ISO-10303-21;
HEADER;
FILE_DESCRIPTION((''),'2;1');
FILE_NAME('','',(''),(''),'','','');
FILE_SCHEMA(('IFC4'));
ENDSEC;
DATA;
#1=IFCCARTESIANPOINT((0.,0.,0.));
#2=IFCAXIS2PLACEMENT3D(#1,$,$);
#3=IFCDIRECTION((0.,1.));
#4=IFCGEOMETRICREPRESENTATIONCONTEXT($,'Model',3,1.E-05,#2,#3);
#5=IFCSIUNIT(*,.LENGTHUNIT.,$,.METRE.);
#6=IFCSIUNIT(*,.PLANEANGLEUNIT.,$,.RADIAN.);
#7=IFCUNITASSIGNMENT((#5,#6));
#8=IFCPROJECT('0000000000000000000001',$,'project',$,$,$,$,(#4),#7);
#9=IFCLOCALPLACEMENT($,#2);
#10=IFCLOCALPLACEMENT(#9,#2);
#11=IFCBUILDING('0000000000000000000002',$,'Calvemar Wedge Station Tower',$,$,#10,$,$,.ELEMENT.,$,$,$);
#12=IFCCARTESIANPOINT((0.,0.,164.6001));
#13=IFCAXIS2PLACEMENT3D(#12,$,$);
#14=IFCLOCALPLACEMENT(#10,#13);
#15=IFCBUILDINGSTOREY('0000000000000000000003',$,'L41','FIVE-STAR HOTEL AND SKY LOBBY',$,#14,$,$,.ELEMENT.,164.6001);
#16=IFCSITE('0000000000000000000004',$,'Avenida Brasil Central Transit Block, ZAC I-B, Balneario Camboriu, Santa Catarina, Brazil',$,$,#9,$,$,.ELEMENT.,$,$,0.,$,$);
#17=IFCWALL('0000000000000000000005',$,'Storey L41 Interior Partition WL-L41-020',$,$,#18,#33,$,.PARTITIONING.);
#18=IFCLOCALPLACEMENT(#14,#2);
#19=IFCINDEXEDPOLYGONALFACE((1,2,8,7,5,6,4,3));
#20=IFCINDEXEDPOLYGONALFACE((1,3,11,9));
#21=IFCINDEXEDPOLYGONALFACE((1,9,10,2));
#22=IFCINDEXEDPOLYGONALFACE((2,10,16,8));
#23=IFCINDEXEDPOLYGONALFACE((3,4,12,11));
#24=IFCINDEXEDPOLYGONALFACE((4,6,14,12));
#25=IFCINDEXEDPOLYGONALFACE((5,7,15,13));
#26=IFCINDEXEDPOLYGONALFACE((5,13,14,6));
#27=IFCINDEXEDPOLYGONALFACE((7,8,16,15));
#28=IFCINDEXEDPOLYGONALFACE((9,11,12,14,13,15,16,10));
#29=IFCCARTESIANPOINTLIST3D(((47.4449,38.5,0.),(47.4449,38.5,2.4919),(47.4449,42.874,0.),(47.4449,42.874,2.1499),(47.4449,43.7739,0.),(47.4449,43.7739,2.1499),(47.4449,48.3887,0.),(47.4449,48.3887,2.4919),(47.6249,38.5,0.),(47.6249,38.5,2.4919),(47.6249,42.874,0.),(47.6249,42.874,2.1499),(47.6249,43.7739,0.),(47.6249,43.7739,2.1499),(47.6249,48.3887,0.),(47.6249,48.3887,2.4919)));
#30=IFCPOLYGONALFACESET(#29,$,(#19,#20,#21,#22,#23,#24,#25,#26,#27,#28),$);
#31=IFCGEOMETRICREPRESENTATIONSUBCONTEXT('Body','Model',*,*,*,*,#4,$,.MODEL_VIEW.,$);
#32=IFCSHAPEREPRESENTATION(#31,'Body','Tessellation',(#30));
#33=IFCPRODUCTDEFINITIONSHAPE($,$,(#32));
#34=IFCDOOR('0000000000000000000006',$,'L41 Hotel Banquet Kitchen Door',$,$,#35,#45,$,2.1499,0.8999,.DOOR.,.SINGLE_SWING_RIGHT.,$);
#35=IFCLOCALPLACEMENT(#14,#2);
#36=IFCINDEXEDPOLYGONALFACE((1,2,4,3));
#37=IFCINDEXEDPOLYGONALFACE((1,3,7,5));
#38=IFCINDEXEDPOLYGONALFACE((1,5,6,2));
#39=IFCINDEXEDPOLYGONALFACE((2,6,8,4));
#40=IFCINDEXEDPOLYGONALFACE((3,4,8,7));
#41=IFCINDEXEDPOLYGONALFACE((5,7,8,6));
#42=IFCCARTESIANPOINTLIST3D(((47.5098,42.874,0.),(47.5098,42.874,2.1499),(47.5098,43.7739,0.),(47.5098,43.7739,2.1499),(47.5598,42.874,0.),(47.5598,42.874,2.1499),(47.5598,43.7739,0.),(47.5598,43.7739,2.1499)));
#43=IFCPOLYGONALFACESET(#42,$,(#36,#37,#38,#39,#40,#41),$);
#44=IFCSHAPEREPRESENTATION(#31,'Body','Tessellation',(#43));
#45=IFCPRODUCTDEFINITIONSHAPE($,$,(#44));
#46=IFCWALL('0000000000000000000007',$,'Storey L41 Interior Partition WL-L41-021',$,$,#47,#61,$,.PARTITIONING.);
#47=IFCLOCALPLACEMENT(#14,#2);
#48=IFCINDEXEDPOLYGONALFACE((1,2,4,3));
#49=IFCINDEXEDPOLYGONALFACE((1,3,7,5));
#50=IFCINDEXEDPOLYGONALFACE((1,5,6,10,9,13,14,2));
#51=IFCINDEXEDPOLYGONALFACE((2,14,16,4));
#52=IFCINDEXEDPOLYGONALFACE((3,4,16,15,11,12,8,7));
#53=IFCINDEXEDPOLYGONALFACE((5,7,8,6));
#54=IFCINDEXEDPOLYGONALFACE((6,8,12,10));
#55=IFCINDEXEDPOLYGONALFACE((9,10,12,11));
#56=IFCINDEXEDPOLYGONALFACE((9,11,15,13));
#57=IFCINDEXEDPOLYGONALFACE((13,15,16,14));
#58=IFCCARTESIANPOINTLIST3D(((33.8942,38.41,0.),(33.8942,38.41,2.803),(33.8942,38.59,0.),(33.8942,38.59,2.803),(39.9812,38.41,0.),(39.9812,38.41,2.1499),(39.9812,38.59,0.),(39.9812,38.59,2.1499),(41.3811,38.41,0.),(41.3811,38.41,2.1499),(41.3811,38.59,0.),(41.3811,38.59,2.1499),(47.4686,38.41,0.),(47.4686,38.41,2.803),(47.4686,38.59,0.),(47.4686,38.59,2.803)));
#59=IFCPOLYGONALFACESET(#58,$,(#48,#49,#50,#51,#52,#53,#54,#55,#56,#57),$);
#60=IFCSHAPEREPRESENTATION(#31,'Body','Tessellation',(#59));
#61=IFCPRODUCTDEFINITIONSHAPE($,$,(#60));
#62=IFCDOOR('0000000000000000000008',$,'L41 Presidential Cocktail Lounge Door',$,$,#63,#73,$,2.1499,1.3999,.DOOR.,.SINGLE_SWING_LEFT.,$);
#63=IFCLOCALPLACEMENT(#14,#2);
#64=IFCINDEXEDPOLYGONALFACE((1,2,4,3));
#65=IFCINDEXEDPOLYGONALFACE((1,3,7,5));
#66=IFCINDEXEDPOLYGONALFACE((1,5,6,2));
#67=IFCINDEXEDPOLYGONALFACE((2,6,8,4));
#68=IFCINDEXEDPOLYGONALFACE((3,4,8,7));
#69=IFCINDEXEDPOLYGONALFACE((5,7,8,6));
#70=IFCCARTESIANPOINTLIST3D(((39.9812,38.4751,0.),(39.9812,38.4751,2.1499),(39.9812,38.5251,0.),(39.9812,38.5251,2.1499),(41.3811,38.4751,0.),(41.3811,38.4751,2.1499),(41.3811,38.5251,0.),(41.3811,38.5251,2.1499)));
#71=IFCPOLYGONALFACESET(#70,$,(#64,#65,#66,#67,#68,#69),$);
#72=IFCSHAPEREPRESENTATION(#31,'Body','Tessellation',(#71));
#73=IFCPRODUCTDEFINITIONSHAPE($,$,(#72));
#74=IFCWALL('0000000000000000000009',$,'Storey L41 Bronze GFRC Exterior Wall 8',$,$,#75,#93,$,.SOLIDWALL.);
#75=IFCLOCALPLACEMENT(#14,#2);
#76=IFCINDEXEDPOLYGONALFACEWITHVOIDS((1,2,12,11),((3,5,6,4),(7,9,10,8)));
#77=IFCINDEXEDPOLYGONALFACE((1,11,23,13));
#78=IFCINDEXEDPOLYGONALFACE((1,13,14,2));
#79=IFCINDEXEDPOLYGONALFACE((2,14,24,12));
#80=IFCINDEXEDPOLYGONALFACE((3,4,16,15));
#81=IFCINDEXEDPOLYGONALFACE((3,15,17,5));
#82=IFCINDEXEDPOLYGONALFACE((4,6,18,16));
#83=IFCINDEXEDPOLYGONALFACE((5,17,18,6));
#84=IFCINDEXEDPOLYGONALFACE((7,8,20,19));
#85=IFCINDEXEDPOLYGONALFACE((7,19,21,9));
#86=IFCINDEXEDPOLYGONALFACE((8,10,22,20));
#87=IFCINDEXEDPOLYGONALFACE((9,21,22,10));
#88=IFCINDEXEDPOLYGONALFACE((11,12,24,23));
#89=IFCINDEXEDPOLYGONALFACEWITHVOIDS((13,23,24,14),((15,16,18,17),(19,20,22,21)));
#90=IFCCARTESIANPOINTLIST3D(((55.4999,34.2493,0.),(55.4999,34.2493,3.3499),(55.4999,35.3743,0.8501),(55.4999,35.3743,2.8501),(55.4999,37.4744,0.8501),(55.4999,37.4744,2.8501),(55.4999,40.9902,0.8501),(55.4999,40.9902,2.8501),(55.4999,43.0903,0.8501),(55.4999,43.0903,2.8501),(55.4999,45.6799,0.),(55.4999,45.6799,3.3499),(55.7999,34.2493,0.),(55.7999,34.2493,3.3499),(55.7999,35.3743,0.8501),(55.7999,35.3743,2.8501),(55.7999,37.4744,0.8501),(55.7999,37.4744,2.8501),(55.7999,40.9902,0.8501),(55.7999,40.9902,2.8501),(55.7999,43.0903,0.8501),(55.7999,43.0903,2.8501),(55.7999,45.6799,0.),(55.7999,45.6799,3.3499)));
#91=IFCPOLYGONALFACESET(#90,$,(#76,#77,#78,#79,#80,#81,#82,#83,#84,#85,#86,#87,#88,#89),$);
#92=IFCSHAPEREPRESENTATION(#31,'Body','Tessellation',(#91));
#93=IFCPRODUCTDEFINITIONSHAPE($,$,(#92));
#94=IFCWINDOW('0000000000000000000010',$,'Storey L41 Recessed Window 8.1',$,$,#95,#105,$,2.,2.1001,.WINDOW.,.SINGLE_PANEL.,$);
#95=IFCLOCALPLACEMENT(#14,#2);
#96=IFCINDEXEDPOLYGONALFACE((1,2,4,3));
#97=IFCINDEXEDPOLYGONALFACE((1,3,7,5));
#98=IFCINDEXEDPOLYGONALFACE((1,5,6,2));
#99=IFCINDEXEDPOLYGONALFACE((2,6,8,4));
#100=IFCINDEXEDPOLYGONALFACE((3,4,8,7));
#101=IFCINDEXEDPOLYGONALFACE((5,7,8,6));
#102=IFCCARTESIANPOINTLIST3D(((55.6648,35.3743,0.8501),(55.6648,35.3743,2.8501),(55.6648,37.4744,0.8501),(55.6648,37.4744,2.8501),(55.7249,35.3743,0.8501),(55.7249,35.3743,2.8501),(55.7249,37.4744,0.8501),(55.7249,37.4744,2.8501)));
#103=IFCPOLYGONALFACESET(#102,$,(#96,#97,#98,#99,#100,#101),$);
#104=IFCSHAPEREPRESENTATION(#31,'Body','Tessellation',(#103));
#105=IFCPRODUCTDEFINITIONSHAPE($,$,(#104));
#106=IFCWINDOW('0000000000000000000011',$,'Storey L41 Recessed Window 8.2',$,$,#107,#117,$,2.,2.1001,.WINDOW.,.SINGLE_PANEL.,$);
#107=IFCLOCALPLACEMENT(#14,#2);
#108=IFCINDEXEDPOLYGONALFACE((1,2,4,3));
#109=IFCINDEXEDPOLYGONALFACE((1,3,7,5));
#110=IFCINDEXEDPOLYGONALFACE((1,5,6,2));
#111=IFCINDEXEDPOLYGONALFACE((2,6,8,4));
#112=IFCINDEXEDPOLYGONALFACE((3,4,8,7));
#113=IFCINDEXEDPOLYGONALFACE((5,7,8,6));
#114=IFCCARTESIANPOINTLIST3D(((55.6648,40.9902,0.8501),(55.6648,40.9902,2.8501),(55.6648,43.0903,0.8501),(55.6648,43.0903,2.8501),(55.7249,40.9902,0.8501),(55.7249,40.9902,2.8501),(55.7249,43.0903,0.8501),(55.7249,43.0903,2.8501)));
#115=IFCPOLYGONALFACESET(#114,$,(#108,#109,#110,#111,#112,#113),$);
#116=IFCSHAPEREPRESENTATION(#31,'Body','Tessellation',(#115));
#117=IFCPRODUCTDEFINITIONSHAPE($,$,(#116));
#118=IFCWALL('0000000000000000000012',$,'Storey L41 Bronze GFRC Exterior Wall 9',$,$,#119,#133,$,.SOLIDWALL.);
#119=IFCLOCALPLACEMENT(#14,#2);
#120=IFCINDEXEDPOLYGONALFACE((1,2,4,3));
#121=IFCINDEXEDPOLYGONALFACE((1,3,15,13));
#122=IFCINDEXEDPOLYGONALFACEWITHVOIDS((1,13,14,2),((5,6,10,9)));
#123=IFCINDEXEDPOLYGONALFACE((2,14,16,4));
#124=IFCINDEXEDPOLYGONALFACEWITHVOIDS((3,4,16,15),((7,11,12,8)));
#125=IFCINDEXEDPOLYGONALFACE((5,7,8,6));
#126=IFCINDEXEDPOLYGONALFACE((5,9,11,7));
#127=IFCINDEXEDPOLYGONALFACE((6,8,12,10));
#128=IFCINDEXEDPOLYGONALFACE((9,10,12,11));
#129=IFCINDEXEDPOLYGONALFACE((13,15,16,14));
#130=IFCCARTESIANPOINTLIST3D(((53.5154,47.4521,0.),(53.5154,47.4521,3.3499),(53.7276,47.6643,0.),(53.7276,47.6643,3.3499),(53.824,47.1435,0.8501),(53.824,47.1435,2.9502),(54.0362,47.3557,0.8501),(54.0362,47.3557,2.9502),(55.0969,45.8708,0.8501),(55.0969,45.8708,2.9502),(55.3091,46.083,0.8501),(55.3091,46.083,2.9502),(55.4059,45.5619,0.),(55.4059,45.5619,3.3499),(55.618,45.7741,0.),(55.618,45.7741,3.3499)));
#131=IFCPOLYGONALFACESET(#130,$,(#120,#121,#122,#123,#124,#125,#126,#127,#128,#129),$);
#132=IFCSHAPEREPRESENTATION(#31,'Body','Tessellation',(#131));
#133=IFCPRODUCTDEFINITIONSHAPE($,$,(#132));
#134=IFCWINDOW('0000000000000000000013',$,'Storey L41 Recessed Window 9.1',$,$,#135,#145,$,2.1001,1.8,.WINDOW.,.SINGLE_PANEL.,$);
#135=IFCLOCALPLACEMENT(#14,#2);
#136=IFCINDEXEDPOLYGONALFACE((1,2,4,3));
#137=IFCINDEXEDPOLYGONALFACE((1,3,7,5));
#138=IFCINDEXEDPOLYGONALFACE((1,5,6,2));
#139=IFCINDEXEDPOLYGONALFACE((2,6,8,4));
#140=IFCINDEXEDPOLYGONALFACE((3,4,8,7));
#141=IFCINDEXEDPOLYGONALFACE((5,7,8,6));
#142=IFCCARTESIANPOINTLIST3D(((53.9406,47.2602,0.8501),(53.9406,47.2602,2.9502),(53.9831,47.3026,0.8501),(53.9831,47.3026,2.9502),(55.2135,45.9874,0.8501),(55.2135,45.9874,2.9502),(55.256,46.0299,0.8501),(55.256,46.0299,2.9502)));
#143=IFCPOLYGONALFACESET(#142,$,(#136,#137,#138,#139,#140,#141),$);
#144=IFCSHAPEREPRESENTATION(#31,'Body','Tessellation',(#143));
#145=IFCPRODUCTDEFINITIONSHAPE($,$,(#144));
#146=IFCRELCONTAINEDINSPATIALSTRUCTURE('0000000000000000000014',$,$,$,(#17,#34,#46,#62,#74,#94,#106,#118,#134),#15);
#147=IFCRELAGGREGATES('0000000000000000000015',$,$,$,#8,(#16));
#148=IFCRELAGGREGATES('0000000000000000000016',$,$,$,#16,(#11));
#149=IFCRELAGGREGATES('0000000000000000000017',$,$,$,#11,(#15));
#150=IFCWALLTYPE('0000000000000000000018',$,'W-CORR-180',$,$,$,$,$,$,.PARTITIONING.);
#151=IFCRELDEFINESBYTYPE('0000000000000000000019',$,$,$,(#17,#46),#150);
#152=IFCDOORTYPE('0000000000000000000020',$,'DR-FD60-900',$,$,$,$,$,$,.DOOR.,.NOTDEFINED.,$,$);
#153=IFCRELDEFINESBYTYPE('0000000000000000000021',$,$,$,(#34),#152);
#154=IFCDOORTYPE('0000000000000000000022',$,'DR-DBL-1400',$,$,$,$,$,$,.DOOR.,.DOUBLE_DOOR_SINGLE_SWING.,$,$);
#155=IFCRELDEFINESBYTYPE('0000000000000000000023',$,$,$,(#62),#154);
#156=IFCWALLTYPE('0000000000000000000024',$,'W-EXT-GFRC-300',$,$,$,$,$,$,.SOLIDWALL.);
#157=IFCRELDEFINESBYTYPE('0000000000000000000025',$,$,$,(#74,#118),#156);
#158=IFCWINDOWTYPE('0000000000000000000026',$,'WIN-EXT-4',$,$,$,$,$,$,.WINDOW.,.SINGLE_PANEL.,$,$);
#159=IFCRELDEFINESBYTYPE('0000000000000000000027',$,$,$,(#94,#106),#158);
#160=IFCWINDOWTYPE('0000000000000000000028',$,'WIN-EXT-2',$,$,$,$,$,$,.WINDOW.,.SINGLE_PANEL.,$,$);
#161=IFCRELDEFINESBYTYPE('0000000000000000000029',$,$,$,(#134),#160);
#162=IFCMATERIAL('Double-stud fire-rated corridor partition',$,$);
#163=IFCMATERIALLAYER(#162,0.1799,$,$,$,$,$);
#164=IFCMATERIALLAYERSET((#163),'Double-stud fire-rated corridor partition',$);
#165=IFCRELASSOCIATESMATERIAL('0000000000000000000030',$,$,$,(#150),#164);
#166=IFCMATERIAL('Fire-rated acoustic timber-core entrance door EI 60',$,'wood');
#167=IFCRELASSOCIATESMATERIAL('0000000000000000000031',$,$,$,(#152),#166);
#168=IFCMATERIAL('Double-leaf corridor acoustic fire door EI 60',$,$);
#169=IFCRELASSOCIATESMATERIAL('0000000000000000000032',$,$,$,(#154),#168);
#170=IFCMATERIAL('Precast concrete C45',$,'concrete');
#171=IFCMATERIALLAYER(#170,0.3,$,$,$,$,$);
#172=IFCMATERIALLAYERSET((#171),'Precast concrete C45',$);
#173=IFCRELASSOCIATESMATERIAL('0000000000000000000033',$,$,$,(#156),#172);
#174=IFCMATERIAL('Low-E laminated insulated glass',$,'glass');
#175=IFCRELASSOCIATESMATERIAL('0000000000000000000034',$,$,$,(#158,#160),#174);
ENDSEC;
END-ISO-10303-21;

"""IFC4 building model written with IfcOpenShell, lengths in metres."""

from ifc_helpers import new_model, si_unit, direction, frame, frame_2d, origin, place, context, subcontext, project, spatial, rectangle, extrude, source, transform, mapped, material, layer, layer_set, type_object, element, fill, save


model = new_model("IFC4")

# Units and contexts
model_context = context("Model", 3, precision=1e-05, world=origin(), true_north=direction((0.0, 1.0)))
body_context = subcontext(model_context, "Body", "Model", "MODEL_VIEW")
ifc_project = project(units=[si_unit("LENGTHUNIT", "METRE"), si_unit("PLANEANGLEUNIT", "RADIAN")], contexts=[model_context])

# Site, building, storey
site_placement = place(None, origin())
site = spatial("IfcSite", under=ifc_project, at=site_placement, Name="Avenida Brasil Central Transit Block, ZAC I-B, Balneario Camboriu, Santa Catarina, Brazil", CompositionType="ELEMENT", RefElevation=0.0)
building_placement = place(site_placement, origin())
building = spatial("IfcBuilding", under=site, at=building_placement, Name="Calvemar Wedge Station Tower", CompositionType="ELEMENT")
storey_placement = place(building_placement, frame((0.0, 0.0, 164.6001)))
storey = spatial("IfcBuildingStorey", under=building, at=storey_placement, Name="L41", Description="FIVE-STAR HOTEL AND SKY LOBBY", CompositionType="ELEMENT", Elevation=164.6001)

# Walls, openings, doors
ifc_material_1 = material(Name="Double-stud fire-rated corridor partition")
ifc_layer_1 = layer(ifc_material_1, 0.1799)
ifc_layer_set_1 = layer_set([ifc_layer_1], Name="Double-stud fire-rated corridor partition")
wall_type_1 = type_object("IfcWallType", Name="W-CORR-180", PredefinedType="PARTITIONING", material=ifc_layer_set_1)
wall_1_placement = place(storey_placement, frame((47.5349, 48.3887, 0.0), z_axis=(0.0, 0.0, 1.0), x_axis=(0.0, -1.0, 0.0)))
wall_1 = element("IfcWall", 1, at=wall_1_placement, inside=storey, type_object=wall_type_1, Name="Storey L41 Interior Partition WL-L41-020", PredefinedType="PARTITIONING", context=body_context, shape_type="SweptSolid", body=[
    extrude(rectangle(XDim=9.8887, YDim=0.1799, at=frame_2d((4.9443, 0.0))), origin(), (0.0, 0.0, 1.0), 2.4919),
])
shared_shape_1 = source(origin(), body_context, "Body", "SweptSolid", [
    extrude(rectangle(XDim=0.8999, YDim=2.1499, at=frame_2d((0.45, 1.075))), frame((0.0, 0.1001, 0.0), z_axis=(0.0, -1.0, 0.0), x_axis=(1.0, 0.0, 0.0)), (0.0, 0.0, 1.0), 0.2),
])
opening_1_placement = place(wall_1_placement, frame((4.6147, 0.0, 0.0)))
opening_1 = element("IfcOpeningElement", 2, at=opening_1_placement, cuts=wall_1, PredefinedType="OPENING", context=body_context, shape_type="MappedRepresentation", body=[
    mapped(shared_shape_1, transform((0.0, 0.0, 0.0), scale=1.0)),
])
ifc_material_2 = material(Name="Fire-rated acoustic timber-core entrance door EI 60", Category="wood")
door_type_1 = type_object("IfcDoorType", Name="DR-FD60-900", OperationType="NOTDEFINED", PredefinedType="DOOR", material=ifc_material_2)
shared_shape_2 = source(origin(), body_context, "Body", "SweptSolid", [
    extrude(rectangle(XDim=0.8999, YDim=2.1499, at=frame_2d((0.45, 1.075))), frame((0.0, 0.0249, 0.0), z_axis=(0.0, -1.0, 0.0), x_axis=(1.0, 0.0, 0.0)), (0.0, 0.0, 1.0), 0.05),
])
door_1_placement = place(opening_1_placement, origin())
door_1 = element("IfcDoor", 3, at=door_1_placement, inside=storey, type_object=door_type_1, Name="L41 Hotel Banquet Kitchen Door", OperationType="SINGLE_SWING_RIGHT", OverallHeight=2.1499, OverallWidth=0.8999, PredefinedType="DOOR", context=body_context, shape_type="MappedRepresentation", body=[
    mapped(shared_shape_2, transform((0.0, 0.0, 0.0), scale=1.0)),
])
fill(opening_1, door_1)
wall_2_placement = place(storey_placement, frame((47.4685, 38.5, 0.0), z_axis=(0.0, 0.0, 1.0), x_axis=(-1.0, 0.0, 0.0)))
wall_2 = element("IfcWall", 4, at=wall_2_placement, inside=storey, type_object=wall_type_1, Name="Storey L41 Interior Partition WL-L41-021", PredefinedType="PARTITIONING", context=body_context, shape_type="SweptSolid", body=[
    extrude(rectangle(XDim=13.5745, YDim=0.1799, at=frame_2d((6.7871, 0.0))), origin(), (0.0, 0.0, 1.0), 2.803),
])
shared_shape_3 = source(origin(), body_context, "Body", "SweptSolid", [
    extrude(rectangle(XDim=1.3999, YDim=2.1499, at=frame_2d((0.7, 1.075))), frame((0.0, 0.1001, 0.0), z_axis=(0.0, -1.0, 0.0), x_axis=(1.0, 0.0, 0.0)), (0.0, 0.0, 1.0), 0.2),
])
opening_2_placement = place(wall_2_placement, frame((6.0874, 0.0, 0.0)))
opening_2 = element("IfcOpeningElement", 5, at=opening_2_placement, cuts=wall_2, PredefinedType="OPENING", context=body_context, shape_type="MappedRepresentation", body=[
    mapped(shared_shape_3, transform((0.0, 0.0, 0.0), scale=1.0)),
])
ifc_material_3 = material(Name="Double-leaf corridor acoustic fire door EI 60")
door_type_2 = type_object("IfcDoorType", Name="DR-DBL-1400", OperationType="DOUBLE_DOOR_SINGLE_SWING", PredefinedType="DOOR", material=ifc_material_3)
shared_shape_4 = source(origin(), body_context, "Body", "SweptSolid", [
    extrude(rectangle(XDim=1.3999, YDim=2.1499, at=frame_2d((0.7, 1.075))), frame((0.0, 0.0249, 0.0), z_axis=(0.0, -1.0, 0.0), x_axis=(1.0, 0.0, 0.0)), (0.0, 0.0, 1.0), 0.05),
])
door_2_placement = place(opening_2_placement, origin())
door_2 = element("IfcDoor", 6, at=door_2_placement, inside=storey, type_object=door_type_2, Name="L41 Presidential Cocktail Lounge Door", OperationType="SINGLE_SWING_LEFT", OverallHeight=2.1499, OverallWidth=1.3999, PredefinedType="DOOR", context=body_context, shape_type="MappedRepresentation", body=[
    mapped(shared_shape_4, transform((0.0, 0.0, 0.0), scale=1.0)),
])
fill(opening_2, door_2)

# Wall, openings, windows
ifc_material_4 = material(Name="Precast concrete C45", Category="concrete")
ifc_layer_2 = layer(ifc_material_4, 0.3)
ifc_layer_set_2 = layer_set([ifc_layer_2], Name="Precast concrete C45")
wall_type_2 = type_object("IfcWallType", Name="W-EXT-GFRC-300", PredefinedType="SOLIDWALL", material=ifc_layer_set_2)
wall_3_placement = place(storey_placement, frame((55.6499, 34.2493, 0.0), z_axis=(0.0, 0.0, 1.0), x_axis=(0.0, 1.0, 0.0)))
wall_3 = element("IfcWall", 7, at=wall_3_placement, inside=storey, type_object=wall_type_2, Name="Storey L41 Bronze GFRC Exterior Wall 8", PredefinedType="SOLIDWALL", context=body_context, shape_type="SweptSolid", body=[
    extrude(rectangle(XDim=11.4307, YDim=0.3, at=frame_2d((5.7153, 0.0))), origin(), (0.0, 0.0, 1.0), 3.3499),
])
shared_shape_5 = source(origin(), body_context, "Body", "SweptSolid", [
    extrude(rectangle(XDim=2.1001, YDim=2.0, at=frame_2d((1.05, 1.0))), frame((0.0, 0.1602, 0.0), z_axis=(0.0, -1.0, 0.0), x_axis=(1.0, 0.0, 0.0)), (0.0, 0.0, 1.0), 0.3201),
])
opening_3_placement = place(wall_3_placement, frame((1.125, 0.0, 0.8501)))
opening_3 = element("IfcOpeningElement", 8, at=opening_3_placement, cuts=wall_3, PredefinedType="OPENING", context=body_context, shape_type="MappedRepresentation", body=[
    mapped(shared_shape_5, transform((0.0, 0.0, 0.0), scale=1.0)),
])
opening_4_placement = place(wall_3_placement, frame((6.741, 0.0, 0.8501)))
opening_4 = element("IfcOpeningElement", 9, at=opening_4_placement, cuts=wall_3, PredefinedType="OPENING", context=body_context, shape_type="MappedRepresentation", body=[
    mapped(shared_shape_5, transform((0.0, 0.0, 0.0), scale=1.0)),
])
ifc_material_5 = material(Name="Low-E laminated insulated glass", Category="glass")
window_type_1 = type_object("IfcWindowType", Name="WIN-EXT-4", PartitioningType="SINGLE_PANEL", PredefinedType="WINDOW", material=ifc_material_5)
shared_shape_6 = source(origin(), body_context, "Body", "SweptSolid", [
    extrude(rectangle(XDim=2.1001, YDim=2.0, at=frame_2d((1.05, 1.0))), frame((0.0, -0.0149, 0.0), z_axis=(0.0, -1.0, 0.0), x_axis=(1.0, 0.0, 0.0)), (0.0, 0.0, 1.0), 0.0601),
])
window_1_placement = place(opening_3_placement, origin())
window_1 = element("IfcWindow", 10, at=window_1_placement, inside=storey, type_object=window_type_1, Name="Storey L41 Recessed Window 8.1", OverallHeight=2.0, OverallWidth=2.1001, PartitioningType="SINGLE_PANEL", PredefinedType="WINDOW", context=body_context, shape_type="MappedRepresentation", body=[
    mapped(shared_shape_6, transform((0.0, 0.0, 0.0), scale=1.0)),
])
fill(opening_3, window_1)
window_2_placement = place(opening_4_placement, origin())
window_2 = element("IfcWindow", 11, at=window_2_placement, inside=storey, type_object=window_type_1, Name="Storey L41 Recessed Window 8.2", OverallHeight=2.0, OverallWidth=2.1001, PartitioningType="SINGLE_PANEL", PredefinedType="WINDOW", context=body_context, shape_type="MappedRepresentation", body=[
    mapped(shared_shape_6, transform((0.0, 0.0, 0.0), scale=1.0)),
])
fill(opening_4, window_2)

# Wall, opening, window
wall_4_placement = place(storey_placement, frame((55.512, 45.668, 0.0), z_axis=(0.0, 0.0, 1.0), x_axis=(-0.707152, 0.707061, 0.0)))
wall_4 = element("IfcWall", 12, at=wall_4_placement, inside=storey, type_object=wall_type_2, Name="Storey L41 Bronze GFRC Exterior Wall 9", PredefinedType="SOLIDWALL", context=body_context, shape_type="SweptSolid", body=[
    extrude(rectangle(XDim=2.6733, YDim=0.3, at=frame_2d((1.3367, 0.0))), origin(), (0.0, 0.0, 1.0), 3.3499),
])
shared_shape_7 = source(origin(), body_context, "Body", "SweptSolid", [
    extrude(rectangle(XDim=1.8, YDim=2.1001, at=frame_2d((0.8999, 1.05))), frame((0.0, 0.1602, 0.0), z_axis=(0.0, -1.0, 0.0), x_axis=(1.0, 0.0, 0.0)), (0.0, 0.0, 1.0), 0.3201),
])
opening_5_placement = place(wall_4_placement, frame((0.437, 0.0, 0.8501)))
opening_5 = element("IfcOpeningElement", 13, at=opening_5_placement, cuts=wall_4, PredefinedType="OPENING", context=body_context, shape_type="MappedRepresentation", body=[
    mapped(shared_shape_7, transform((0.0, 0.0, 0.0), scale=1.0)),
])
window_type_2 = type_object("IfcWindowType", Name="WIN-EXT-2", PartitioningType="SINGLE_PANEL", PredefinedType="WINDOW", material=ifc_material_5)
shared_shape_8 = source(origin(), body_context, "Body", "SweptSolid", [
    extrude(rectangle(XDim=1.8, YDim=2.1001, at=frame_2d((0.8999, 1.05))), frame((0.0, -0.0149, 0.0), z_axis=(0.0, -1.0, 0.0), x_axis=(1.0, 0.0, 0.0)), (0.0, 0.0, 1.0), 0.0601),
])
window_3_placement = place(opening_5_placement, origin())
window_3 = element("IfcWindow", 14, at=window_3_placement, inside=storey, type_object=window_type_2, Name="Storey L41 Recessed Window 9.1", OverallHeight=2.1001, OverallWidth=1.8, PartitioningType="SINGLE_PANEL", PredefinedType="WINDOW", context=body_context, shape_type="MappedRepresentation", body=[
    mapped(shared_shape_8, transform((0.0, 0.0, 0.0), scale=1.0)),
])
fill(opening_5, window_3)

save(model, "model.ifc")
